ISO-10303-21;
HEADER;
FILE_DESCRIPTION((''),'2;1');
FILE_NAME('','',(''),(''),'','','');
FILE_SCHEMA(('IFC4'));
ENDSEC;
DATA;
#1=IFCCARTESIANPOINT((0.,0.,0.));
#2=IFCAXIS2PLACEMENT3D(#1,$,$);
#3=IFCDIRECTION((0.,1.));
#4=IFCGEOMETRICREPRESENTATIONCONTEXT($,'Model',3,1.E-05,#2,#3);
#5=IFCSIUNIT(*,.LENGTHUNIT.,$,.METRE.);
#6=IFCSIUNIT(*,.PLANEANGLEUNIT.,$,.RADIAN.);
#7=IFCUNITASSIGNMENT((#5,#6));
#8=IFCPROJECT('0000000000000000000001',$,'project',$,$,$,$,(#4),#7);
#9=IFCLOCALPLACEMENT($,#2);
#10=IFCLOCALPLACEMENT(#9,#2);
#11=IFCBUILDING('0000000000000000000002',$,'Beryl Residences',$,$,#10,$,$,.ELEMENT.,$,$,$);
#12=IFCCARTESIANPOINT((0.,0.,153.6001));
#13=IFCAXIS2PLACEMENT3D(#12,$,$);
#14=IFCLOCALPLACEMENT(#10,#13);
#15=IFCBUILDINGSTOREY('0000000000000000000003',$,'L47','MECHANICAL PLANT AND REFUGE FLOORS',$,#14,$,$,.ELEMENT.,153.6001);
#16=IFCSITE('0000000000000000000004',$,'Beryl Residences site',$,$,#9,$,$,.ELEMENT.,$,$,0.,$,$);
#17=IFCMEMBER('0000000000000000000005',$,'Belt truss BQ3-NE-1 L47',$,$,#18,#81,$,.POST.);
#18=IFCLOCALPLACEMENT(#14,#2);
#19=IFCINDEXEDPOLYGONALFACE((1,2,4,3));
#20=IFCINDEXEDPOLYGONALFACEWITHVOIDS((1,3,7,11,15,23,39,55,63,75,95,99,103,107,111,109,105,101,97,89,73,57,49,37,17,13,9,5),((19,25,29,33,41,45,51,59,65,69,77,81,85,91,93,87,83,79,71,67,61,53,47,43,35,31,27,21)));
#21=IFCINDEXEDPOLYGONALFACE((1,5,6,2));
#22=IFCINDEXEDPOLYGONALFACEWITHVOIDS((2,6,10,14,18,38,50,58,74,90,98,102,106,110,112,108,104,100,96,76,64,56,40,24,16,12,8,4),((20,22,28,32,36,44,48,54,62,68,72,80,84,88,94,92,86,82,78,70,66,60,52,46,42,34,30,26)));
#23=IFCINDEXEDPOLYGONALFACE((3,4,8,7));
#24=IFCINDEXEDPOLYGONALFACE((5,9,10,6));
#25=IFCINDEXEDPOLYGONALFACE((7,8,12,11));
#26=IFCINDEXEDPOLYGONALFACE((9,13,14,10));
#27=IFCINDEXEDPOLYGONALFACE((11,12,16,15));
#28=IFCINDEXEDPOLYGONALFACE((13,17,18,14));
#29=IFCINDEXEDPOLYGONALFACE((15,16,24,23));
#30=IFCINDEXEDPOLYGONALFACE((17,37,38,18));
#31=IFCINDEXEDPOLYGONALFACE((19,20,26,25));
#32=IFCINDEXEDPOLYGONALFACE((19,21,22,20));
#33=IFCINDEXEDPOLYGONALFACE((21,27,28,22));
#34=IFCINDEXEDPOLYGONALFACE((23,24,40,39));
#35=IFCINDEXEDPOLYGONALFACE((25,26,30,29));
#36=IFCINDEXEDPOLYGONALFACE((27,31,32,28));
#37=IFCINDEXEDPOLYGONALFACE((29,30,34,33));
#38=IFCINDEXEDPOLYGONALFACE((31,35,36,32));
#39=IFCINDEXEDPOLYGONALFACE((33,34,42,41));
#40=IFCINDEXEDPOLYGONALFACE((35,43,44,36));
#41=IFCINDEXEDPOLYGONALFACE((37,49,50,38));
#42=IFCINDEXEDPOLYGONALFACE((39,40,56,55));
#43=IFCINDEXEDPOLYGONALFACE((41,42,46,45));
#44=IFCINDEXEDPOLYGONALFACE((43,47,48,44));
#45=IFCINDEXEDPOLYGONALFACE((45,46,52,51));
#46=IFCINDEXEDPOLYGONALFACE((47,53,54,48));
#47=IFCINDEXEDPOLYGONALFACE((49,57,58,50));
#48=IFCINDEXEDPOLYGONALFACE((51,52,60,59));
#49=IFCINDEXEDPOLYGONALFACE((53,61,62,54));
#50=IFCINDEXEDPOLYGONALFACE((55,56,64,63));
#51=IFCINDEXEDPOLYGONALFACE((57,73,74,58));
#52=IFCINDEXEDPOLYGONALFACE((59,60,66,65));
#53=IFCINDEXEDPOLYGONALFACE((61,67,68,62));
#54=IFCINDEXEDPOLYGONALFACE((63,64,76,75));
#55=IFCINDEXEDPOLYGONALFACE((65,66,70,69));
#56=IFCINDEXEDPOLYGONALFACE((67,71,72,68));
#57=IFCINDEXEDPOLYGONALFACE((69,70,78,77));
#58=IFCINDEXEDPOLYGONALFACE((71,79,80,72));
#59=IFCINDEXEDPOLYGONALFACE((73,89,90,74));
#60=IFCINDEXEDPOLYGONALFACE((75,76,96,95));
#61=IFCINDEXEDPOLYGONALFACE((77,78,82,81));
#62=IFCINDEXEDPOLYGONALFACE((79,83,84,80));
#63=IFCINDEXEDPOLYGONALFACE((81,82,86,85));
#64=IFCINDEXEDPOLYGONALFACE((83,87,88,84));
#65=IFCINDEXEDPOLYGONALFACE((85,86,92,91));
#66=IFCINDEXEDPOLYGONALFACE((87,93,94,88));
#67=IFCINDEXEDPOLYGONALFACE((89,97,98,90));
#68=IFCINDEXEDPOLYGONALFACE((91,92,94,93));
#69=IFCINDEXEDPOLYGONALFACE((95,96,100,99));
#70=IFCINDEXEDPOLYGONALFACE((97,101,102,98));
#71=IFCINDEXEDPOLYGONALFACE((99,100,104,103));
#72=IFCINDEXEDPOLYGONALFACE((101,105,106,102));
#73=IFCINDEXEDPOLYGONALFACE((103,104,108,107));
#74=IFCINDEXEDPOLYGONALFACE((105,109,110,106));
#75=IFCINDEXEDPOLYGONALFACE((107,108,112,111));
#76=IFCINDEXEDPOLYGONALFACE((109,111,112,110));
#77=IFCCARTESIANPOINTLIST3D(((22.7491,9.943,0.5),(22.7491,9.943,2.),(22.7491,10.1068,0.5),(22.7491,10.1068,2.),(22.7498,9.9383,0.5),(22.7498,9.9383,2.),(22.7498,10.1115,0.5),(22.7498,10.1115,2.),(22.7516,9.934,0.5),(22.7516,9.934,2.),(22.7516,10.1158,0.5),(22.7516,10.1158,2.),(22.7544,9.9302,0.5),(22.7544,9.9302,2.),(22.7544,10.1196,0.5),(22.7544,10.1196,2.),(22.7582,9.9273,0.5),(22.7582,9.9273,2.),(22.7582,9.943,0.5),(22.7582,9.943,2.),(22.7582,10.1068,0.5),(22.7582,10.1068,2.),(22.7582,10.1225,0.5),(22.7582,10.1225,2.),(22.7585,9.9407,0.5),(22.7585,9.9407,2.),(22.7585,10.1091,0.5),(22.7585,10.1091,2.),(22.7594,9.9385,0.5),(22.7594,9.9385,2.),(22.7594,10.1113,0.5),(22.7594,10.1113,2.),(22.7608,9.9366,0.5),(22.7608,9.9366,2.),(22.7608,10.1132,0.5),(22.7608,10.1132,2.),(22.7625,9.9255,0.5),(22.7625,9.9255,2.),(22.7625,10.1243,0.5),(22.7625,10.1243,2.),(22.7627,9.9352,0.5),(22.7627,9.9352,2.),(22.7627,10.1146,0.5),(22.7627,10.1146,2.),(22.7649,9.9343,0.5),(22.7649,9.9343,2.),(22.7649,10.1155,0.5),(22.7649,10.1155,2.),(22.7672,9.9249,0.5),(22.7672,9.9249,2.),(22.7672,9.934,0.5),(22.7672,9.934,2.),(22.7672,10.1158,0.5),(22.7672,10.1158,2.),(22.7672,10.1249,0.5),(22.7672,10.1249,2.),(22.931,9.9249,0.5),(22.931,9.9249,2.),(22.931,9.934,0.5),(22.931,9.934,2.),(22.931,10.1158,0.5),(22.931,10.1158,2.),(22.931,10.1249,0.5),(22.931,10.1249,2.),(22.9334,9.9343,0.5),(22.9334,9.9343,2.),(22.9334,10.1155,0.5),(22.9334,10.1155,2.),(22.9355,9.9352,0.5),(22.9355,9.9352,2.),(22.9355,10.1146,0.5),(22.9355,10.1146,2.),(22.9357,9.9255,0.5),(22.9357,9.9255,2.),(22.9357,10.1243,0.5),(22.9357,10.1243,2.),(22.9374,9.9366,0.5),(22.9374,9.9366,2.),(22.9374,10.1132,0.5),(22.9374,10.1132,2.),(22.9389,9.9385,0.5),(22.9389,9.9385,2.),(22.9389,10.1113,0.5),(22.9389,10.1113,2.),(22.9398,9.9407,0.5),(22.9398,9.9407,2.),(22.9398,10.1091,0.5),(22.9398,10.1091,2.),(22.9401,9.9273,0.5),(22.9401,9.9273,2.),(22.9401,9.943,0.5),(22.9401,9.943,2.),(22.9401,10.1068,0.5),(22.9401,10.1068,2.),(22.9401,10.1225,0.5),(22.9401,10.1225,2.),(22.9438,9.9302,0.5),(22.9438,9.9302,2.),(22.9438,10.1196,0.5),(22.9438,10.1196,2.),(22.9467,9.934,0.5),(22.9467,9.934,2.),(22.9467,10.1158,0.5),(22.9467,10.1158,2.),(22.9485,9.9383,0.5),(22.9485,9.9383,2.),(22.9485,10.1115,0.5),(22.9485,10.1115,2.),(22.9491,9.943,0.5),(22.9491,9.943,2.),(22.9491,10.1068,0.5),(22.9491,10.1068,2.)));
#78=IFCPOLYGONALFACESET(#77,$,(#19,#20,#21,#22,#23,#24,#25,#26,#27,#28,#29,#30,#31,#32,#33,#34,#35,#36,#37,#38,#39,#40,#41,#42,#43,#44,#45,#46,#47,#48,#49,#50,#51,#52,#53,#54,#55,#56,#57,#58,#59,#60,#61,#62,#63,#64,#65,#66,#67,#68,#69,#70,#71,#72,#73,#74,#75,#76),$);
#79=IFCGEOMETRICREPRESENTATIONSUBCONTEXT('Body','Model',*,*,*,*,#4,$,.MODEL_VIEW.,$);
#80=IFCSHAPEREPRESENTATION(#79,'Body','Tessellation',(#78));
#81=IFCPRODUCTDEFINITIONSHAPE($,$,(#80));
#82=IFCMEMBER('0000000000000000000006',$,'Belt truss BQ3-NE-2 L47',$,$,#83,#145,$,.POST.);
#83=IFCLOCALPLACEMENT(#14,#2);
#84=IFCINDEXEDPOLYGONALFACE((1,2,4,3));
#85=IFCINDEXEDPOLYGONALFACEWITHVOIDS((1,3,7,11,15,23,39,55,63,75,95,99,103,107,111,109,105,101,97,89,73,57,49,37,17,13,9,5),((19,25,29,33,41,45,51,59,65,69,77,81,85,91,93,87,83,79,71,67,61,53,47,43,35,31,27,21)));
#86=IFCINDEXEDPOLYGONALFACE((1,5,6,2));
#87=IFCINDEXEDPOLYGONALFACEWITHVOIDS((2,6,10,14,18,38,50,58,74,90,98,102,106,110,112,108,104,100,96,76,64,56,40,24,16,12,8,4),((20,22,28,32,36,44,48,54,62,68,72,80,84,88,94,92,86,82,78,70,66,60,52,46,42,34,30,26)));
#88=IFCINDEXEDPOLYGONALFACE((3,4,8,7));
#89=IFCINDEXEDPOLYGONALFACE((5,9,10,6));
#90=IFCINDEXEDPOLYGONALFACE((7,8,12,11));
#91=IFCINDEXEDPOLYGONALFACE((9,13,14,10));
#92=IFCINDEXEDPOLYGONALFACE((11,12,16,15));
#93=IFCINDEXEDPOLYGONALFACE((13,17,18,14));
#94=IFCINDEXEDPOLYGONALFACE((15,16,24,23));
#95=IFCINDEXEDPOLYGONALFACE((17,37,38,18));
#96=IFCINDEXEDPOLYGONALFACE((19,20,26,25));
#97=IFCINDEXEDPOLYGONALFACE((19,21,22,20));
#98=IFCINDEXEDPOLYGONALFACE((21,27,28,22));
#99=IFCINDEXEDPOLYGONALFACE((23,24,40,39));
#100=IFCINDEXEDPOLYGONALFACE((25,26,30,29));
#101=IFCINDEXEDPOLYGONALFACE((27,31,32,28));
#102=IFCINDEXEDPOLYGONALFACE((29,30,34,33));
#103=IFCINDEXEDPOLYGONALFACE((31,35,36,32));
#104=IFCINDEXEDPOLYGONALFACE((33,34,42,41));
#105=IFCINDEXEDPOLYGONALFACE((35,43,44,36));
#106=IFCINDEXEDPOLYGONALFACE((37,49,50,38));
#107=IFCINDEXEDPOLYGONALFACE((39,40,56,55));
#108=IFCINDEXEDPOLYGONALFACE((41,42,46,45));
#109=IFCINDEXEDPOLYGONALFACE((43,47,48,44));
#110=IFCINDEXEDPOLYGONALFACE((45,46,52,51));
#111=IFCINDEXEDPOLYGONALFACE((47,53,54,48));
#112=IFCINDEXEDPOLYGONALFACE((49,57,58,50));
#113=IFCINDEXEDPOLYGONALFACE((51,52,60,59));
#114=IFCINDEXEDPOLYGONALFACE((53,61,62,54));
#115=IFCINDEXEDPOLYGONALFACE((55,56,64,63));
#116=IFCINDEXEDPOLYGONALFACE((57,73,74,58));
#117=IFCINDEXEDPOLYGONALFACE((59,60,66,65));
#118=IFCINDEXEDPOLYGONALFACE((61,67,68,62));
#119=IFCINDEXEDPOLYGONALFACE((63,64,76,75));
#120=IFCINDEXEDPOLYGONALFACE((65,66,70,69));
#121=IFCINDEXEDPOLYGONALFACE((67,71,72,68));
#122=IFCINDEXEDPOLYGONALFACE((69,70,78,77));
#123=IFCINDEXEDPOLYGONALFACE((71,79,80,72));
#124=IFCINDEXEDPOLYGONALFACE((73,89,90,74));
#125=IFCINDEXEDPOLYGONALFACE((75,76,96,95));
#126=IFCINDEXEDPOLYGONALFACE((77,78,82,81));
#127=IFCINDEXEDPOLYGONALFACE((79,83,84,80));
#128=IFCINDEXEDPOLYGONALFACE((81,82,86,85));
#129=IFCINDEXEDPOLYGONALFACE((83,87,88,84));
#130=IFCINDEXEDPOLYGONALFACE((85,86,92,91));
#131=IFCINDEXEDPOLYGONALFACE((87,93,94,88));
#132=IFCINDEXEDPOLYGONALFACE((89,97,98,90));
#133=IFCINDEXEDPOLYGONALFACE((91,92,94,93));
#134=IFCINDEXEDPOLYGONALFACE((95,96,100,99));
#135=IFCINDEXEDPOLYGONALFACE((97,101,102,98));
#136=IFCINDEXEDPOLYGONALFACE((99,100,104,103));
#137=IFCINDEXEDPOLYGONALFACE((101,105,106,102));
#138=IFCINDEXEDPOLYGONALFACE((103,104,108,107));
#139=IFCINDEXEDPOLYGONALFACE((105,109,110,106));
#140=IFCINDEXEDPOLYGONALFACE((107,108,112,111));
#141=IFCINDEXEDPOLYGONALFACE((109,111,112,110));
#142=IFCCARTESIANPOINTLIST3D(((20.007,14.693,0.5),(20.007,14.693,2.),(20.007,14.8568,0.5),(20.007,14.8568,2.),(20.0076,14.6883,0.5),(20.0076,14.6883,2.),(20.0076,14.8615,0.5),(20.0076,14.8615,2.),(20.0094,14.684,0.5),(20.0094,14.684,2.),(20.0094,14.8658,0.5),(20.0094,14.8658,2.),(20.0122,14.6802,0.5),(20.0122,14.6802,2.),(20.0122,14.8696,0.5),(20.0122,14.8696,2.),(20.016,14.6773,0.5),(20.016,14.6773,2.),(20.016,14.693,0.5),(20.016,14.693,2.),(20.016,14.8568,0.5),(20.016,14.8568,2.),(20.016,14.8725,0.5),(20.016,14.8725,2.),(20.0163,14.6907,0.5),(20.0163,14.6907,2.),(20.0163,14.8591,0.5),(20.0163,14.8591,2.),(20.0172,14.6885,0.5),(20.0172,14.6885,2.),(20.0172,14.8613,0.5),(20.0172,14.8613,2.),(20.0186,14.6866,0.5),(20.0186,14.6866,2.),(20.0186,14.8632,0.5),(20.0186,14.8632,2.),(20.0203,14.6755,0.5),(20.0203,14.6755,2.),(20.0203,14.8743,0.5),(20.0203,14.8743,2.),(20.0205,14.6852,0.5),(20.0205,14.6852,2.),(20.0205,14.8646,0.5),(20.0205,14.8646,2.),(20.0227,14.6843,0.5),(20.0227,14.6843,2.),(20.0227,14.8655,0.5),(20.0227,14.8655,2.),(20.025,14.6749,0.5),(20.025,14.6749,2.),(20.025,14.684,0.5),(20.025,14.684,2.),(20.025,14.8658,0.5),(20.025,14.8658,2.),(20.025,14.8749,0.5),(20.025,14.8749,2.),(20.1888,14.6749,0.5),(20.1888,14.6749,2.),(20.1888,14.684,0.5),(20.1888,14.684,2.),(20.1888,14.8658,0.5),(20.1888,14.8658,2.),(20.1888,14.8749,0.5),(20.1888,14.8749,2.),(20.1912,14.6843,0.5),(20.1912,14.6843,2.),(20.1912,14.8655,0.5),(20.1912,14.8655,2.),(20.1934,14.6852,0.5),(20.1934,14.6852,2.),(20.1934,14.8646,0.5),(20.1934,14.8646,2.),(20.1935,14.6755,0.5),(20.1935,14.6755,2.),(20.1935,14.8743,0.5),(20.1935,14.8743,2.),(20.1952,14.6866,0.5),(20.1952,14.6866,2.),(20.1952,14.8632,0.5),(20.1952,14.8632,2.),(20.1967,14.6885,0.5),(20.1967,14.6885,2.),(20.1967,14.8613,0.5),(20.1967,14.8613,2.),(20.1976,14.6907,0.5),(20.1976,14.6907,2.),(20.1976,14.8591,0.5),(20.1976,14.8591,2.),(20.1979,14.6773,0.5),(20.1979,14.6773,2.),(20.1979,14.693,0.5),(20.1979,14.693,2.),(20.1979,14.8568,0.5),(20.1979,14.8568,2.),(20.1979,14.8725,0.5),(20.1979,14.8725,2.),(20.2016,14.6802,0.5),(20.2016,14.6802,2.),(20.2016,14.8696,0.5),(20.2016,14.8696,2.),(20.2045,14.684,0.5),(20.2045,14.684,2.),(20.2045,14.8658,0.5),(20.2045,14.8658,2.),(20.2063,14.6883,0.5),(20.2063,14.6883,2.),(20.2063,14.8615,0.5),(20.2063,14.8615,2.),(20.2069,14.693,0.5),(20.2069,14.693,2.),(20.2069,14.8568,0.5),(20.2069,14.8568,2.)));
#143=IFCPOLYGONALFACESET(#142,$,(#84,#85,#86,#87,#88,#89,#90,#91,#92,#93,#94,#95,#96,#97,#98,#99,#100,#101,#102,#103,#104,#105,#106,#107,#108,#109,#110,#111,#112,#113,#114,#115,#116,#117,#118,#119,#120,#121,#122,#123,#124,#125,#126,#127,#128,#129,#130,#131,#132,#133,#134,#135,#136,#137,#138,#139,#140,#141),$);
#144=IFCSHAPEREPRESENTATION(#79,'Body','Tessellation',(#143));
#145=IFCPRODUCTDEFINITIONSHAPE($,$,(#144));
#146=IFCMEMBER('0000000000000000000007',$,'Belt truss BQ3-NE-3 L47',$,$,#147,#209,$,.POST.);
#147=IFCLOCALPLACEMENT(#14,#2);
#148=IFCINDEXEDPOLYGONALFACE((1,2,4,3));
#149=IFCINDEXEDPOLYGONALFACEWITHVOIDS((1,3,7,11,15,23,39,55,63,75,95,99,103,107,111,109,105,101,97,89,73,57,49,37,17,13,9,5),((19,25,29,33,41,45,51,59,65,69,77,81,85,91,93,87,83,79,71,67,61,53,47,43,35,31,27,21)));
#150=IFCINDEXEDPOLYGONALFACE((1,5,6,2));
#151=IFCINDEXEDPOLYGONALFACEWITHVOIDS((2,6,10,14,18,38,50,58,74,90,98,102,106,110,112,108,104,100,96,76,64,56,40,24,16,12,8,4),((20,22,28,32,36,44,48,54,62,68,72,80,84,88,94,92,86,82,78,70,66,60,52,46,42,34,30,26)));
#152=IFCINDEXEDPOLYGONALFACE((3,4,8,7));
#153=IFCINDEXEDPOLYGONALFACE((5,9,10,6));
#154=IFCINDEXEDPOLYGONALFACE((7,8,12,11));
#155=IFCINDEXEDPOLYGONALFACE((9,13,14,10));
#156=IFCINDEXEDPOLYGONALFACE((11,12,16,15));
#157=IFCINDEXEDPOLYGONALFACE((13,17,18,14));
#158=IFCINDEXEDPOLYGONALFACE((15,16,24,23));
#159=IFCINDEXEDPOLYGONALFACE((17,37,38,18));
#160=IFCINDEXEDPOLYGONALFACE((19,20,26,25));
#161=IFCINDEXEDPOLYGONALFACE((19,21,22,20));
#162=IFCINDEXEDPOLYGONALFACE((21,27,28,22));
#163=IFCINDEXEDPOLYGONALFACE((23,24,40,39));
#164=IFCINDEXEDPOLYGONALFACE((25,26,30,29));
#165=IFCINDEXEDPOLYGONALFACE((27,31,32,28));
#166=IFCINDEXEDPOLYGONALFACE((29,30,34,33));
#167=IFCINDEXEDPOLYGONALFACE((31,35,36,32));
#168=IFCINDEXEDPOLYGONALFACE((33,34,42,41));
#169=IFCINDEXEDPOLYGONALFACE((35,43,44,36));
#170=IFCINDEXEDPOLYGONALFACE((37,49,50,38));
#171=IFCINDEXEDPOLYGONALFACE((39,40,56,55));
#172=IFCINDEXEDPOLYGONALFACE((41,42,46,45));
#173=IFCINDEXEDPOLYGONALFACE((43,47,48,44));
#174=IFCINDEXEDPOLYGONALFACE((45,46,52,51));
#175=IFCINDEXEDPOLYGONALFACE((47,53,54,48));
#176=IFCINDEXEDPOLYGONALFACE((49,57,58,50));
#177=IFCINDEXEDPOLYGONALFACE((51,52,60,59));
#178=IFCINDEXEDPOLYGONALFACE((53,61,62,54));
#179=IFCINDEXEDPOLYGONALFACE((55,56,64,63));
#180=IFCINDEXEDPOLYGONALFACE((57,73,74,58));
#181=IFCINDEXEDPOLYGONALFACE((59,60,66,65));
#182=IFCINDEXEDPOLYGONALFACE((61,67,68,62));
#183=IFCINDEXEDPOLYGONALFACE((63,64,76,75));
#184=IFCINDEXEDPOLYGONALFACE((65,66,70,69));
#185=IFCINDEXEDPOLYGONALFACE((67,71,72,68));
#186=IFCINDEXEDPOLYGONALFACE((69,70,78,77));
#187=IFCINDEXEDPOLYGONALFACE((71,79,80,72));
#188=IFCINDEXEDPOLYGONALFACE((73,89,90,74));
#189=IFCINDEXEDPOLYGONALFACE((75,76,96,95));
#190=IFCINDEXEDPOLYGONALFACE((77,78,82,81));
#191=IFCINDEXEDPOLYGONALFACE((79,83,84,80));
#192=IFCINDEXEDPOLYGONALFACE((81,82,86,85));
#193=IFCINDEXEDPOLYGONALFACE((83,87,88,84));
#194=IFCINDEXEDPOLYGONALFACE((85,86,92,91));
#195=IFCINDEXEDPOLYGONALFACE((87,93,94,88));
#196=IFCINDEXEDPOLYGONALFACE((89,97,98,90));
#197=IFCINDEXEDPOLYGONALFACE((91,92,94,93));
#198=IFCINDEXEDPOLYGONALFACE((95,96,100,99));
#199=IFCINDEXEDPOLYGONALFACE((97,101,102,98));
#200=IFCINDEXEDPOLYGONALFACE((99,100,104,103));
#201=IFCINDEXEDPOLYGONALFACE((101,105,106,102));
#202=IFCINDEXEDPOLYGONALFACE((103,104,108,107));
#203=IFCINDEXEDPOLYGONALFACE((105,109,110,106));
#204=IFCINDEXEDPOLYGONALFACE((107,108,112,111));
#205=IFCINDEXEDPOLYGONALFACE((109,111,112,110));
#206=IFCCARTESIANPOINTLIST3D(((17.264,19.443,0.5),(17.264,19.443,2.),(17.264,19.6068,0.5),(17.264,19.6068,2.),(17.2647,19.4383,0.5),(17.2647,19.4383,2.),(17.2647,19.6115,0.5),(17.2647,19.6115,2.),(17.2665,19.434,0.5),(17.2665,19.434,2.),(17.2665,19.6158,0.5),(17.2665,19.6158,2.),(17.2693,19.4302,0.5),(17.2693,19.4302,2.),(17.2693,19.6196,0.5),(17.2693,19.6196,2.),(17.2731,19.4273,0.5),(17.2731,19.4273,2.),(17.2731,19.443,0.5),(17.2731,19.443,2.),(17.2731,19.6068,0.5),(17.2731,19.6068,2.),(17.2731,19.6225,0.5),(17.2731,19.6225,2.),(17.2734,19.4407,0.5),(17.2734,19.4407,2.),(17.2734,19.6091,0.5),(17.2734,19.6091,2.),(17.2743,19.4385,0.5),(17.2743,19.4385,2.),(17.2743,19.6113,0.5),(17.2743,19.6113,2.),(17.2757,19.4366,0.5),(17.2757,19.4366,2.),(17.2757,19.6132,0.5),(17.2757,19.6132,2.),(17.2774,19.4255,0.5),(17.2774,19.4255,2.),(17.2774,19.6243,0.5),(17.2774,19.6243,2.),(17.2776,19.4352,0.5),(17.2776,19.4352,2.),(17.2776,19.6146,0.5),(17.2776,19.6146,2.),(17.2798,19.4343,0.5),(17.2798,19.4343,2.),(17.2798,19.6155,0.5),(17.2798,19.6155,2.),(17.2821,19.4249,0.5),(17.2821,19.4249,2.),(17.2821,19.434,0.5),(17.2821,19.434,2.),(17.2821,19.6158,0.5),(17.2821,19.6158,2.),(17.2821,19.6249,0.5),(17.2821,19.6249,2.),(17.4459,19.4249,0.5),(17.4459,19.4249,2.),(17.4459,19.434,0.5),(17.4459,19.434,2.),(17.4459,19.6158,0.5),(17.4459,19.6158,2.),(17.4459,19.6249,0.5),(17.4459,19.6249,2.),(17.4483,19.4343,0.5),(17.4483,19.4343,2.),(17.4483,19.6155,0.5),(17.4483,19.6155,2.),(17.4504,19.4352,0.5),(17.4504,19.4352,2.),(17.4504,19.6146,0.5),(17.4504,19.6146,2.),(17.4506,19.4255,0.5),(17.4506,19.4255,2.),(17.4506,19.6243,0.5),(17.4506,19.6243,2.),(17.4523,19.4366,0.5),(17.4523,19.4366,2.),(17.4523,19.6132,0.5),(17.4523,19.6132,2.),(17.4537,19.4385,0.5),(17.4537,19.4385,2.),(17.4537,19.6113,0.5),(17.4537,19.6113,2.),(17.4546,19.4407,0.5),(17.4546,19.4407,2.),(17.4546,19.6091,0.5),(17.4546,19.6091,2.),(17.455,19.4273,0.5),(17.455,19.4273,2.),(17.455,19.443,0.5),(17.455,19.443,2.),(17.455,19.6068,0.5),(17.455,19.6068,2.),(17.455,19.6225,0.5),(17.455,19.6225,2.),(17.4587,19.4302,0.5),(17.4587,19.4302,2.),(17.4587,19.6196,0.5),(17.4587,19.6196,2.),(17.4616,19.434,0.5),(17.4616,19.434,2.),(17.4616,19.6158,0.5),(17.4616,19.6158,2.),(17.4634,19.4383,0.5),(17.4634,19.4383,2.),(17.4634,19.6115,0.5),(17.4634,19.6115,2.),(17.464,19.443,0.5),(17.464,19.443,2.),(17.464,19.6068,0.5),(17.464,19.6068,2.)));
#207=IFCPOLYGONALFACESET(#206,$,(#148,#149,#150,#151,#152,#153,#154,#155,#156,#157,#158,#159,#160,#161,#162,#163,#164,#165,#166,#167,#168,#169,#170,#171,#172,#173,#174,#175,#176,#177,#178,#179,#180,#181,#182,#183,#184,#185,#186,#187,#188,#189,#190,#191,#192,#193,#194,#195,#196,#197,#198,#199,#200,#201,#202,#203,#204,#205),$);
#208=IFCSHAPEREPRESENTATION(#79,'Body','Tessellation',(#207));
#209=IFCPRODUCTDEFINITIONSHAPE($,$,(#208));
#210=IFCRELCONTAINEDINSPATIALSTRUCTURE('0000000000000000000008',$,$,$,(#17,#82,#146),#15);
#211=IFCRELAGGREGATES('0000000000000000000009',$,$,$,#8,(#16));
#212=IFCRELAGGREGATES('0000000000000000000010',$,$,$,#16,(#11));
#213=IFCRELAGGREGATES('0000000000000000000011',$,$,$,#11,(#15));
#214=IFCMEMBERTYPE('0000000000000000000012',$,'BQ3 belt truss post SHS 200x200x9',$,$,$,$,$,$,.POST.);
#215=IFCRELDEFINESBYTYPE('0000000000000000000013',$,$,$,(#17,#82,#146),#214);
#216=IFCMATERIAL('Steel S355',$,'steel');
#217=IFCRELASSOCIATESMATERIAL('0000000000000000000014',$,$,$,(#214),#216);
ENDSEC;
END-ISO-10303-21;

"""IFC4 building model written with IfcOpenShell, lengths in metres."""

from ifc_helpers import new_model, si_unit, direction, frame, origin, origin_2d, place, context, subcontext, project, spatial, hollow_rectangle, extrude, material, material_profile, profile_set, type_object, element, save


model = new_model("IFC4")

# Units and contexts
model_context = context("Model", 3, precision=1e-05, world=origin(), true_north=direction((0.0, 1.0)))
body_context = subcontext(model_context, "Body", "Model", "MODEL_VIEW")
ifc_project = project(units=[si_unit("LENGTHUNIT", "METRE"), si_unit("PLANEANGLEUNIT", "RADIAN")], contexts=[model_context])

# Site, building, storey
site_placement = place(None, origin())
site = spatial("IfcSite", under=ifc_project, at=site_placement, Name="Beryl Residences site", CompositionType="ELEMENT", RefElevation=0.0)
building_placement = place(site_placement, origin())
building = spatial("IfcBuilding", under=site, at=building_placement, Name="Beryl Residences", CompositionType="ELEMENT")
storey_placement = place(building_placement, frame((0.0, 0.0, 153.6001)))
storey = spatial("IfcBuildingStorey", under=building, at=storey_placement, Name="L47", Description="MECHANICAL PLANT AND REFUGE FLOORS", CompositionType="ELEMENT", Elevation=153.6001)

# Members
ifc_material_1 = material(Name="Steel S355", Category="steel")
ifc_material_profile_1 = material_profile(ifc_material_1, hollow_rectangle(XDim=0.2, YDim=0.2, WallThickness=0.009, InnerFilletRadius=0.009, OuterFilletRadius=0.0181, at=origin_2d()))
ifc_profile_set_1 = profile_set([ifc_material_profile_1], Name="Steel S355")
member_type_1 = type_object("IfcMemberType", Name="BQ3 belt truss post SHS 200x200x9", PredefinedType="POST", material=ifc_profile_set_1)
for number, where, z_axis, x_axis, name in (
    (1, (22.8491, 10.0249, 0.5), (0.0, 0.0, 1.0), (1.0, 0.0, 0.0), "Belt truss BQ3-NE-1 L47"),
    (2, (20.1069, 14.7749, 0.5), (0.0, 0.0, 1.0), (1.0, 0.0, 0.0), "Belt truss BQ3-NE-2 L47"),
    (3, (17.364, 19.5249, 0.5), (0.0, 0.0, 1.0), (1.0, 0.0, 0.0), "Belt truss BQ3-NE-3 L47"),
):
    element("IfcMember", number, at=place(storey_placement, frame(where, z_axis=z_axis, x_axis=x_axis)), inside=storey, type_object=member_type_1, Name=name, PredefinedType="POST", context=body_context, shape_type="SweptSolid", body=[
        extrude(hollow_rectangle(XDim=0.2, YDim=0.2, WallThickness=0.009, InnerFilletRadius=0.009, OuterFilletRadius=0.0181, at=origin_2d()), origin(), (0.0, 0.0, 1.0), 1.5),
    ])

save(model, "model.ifc")
